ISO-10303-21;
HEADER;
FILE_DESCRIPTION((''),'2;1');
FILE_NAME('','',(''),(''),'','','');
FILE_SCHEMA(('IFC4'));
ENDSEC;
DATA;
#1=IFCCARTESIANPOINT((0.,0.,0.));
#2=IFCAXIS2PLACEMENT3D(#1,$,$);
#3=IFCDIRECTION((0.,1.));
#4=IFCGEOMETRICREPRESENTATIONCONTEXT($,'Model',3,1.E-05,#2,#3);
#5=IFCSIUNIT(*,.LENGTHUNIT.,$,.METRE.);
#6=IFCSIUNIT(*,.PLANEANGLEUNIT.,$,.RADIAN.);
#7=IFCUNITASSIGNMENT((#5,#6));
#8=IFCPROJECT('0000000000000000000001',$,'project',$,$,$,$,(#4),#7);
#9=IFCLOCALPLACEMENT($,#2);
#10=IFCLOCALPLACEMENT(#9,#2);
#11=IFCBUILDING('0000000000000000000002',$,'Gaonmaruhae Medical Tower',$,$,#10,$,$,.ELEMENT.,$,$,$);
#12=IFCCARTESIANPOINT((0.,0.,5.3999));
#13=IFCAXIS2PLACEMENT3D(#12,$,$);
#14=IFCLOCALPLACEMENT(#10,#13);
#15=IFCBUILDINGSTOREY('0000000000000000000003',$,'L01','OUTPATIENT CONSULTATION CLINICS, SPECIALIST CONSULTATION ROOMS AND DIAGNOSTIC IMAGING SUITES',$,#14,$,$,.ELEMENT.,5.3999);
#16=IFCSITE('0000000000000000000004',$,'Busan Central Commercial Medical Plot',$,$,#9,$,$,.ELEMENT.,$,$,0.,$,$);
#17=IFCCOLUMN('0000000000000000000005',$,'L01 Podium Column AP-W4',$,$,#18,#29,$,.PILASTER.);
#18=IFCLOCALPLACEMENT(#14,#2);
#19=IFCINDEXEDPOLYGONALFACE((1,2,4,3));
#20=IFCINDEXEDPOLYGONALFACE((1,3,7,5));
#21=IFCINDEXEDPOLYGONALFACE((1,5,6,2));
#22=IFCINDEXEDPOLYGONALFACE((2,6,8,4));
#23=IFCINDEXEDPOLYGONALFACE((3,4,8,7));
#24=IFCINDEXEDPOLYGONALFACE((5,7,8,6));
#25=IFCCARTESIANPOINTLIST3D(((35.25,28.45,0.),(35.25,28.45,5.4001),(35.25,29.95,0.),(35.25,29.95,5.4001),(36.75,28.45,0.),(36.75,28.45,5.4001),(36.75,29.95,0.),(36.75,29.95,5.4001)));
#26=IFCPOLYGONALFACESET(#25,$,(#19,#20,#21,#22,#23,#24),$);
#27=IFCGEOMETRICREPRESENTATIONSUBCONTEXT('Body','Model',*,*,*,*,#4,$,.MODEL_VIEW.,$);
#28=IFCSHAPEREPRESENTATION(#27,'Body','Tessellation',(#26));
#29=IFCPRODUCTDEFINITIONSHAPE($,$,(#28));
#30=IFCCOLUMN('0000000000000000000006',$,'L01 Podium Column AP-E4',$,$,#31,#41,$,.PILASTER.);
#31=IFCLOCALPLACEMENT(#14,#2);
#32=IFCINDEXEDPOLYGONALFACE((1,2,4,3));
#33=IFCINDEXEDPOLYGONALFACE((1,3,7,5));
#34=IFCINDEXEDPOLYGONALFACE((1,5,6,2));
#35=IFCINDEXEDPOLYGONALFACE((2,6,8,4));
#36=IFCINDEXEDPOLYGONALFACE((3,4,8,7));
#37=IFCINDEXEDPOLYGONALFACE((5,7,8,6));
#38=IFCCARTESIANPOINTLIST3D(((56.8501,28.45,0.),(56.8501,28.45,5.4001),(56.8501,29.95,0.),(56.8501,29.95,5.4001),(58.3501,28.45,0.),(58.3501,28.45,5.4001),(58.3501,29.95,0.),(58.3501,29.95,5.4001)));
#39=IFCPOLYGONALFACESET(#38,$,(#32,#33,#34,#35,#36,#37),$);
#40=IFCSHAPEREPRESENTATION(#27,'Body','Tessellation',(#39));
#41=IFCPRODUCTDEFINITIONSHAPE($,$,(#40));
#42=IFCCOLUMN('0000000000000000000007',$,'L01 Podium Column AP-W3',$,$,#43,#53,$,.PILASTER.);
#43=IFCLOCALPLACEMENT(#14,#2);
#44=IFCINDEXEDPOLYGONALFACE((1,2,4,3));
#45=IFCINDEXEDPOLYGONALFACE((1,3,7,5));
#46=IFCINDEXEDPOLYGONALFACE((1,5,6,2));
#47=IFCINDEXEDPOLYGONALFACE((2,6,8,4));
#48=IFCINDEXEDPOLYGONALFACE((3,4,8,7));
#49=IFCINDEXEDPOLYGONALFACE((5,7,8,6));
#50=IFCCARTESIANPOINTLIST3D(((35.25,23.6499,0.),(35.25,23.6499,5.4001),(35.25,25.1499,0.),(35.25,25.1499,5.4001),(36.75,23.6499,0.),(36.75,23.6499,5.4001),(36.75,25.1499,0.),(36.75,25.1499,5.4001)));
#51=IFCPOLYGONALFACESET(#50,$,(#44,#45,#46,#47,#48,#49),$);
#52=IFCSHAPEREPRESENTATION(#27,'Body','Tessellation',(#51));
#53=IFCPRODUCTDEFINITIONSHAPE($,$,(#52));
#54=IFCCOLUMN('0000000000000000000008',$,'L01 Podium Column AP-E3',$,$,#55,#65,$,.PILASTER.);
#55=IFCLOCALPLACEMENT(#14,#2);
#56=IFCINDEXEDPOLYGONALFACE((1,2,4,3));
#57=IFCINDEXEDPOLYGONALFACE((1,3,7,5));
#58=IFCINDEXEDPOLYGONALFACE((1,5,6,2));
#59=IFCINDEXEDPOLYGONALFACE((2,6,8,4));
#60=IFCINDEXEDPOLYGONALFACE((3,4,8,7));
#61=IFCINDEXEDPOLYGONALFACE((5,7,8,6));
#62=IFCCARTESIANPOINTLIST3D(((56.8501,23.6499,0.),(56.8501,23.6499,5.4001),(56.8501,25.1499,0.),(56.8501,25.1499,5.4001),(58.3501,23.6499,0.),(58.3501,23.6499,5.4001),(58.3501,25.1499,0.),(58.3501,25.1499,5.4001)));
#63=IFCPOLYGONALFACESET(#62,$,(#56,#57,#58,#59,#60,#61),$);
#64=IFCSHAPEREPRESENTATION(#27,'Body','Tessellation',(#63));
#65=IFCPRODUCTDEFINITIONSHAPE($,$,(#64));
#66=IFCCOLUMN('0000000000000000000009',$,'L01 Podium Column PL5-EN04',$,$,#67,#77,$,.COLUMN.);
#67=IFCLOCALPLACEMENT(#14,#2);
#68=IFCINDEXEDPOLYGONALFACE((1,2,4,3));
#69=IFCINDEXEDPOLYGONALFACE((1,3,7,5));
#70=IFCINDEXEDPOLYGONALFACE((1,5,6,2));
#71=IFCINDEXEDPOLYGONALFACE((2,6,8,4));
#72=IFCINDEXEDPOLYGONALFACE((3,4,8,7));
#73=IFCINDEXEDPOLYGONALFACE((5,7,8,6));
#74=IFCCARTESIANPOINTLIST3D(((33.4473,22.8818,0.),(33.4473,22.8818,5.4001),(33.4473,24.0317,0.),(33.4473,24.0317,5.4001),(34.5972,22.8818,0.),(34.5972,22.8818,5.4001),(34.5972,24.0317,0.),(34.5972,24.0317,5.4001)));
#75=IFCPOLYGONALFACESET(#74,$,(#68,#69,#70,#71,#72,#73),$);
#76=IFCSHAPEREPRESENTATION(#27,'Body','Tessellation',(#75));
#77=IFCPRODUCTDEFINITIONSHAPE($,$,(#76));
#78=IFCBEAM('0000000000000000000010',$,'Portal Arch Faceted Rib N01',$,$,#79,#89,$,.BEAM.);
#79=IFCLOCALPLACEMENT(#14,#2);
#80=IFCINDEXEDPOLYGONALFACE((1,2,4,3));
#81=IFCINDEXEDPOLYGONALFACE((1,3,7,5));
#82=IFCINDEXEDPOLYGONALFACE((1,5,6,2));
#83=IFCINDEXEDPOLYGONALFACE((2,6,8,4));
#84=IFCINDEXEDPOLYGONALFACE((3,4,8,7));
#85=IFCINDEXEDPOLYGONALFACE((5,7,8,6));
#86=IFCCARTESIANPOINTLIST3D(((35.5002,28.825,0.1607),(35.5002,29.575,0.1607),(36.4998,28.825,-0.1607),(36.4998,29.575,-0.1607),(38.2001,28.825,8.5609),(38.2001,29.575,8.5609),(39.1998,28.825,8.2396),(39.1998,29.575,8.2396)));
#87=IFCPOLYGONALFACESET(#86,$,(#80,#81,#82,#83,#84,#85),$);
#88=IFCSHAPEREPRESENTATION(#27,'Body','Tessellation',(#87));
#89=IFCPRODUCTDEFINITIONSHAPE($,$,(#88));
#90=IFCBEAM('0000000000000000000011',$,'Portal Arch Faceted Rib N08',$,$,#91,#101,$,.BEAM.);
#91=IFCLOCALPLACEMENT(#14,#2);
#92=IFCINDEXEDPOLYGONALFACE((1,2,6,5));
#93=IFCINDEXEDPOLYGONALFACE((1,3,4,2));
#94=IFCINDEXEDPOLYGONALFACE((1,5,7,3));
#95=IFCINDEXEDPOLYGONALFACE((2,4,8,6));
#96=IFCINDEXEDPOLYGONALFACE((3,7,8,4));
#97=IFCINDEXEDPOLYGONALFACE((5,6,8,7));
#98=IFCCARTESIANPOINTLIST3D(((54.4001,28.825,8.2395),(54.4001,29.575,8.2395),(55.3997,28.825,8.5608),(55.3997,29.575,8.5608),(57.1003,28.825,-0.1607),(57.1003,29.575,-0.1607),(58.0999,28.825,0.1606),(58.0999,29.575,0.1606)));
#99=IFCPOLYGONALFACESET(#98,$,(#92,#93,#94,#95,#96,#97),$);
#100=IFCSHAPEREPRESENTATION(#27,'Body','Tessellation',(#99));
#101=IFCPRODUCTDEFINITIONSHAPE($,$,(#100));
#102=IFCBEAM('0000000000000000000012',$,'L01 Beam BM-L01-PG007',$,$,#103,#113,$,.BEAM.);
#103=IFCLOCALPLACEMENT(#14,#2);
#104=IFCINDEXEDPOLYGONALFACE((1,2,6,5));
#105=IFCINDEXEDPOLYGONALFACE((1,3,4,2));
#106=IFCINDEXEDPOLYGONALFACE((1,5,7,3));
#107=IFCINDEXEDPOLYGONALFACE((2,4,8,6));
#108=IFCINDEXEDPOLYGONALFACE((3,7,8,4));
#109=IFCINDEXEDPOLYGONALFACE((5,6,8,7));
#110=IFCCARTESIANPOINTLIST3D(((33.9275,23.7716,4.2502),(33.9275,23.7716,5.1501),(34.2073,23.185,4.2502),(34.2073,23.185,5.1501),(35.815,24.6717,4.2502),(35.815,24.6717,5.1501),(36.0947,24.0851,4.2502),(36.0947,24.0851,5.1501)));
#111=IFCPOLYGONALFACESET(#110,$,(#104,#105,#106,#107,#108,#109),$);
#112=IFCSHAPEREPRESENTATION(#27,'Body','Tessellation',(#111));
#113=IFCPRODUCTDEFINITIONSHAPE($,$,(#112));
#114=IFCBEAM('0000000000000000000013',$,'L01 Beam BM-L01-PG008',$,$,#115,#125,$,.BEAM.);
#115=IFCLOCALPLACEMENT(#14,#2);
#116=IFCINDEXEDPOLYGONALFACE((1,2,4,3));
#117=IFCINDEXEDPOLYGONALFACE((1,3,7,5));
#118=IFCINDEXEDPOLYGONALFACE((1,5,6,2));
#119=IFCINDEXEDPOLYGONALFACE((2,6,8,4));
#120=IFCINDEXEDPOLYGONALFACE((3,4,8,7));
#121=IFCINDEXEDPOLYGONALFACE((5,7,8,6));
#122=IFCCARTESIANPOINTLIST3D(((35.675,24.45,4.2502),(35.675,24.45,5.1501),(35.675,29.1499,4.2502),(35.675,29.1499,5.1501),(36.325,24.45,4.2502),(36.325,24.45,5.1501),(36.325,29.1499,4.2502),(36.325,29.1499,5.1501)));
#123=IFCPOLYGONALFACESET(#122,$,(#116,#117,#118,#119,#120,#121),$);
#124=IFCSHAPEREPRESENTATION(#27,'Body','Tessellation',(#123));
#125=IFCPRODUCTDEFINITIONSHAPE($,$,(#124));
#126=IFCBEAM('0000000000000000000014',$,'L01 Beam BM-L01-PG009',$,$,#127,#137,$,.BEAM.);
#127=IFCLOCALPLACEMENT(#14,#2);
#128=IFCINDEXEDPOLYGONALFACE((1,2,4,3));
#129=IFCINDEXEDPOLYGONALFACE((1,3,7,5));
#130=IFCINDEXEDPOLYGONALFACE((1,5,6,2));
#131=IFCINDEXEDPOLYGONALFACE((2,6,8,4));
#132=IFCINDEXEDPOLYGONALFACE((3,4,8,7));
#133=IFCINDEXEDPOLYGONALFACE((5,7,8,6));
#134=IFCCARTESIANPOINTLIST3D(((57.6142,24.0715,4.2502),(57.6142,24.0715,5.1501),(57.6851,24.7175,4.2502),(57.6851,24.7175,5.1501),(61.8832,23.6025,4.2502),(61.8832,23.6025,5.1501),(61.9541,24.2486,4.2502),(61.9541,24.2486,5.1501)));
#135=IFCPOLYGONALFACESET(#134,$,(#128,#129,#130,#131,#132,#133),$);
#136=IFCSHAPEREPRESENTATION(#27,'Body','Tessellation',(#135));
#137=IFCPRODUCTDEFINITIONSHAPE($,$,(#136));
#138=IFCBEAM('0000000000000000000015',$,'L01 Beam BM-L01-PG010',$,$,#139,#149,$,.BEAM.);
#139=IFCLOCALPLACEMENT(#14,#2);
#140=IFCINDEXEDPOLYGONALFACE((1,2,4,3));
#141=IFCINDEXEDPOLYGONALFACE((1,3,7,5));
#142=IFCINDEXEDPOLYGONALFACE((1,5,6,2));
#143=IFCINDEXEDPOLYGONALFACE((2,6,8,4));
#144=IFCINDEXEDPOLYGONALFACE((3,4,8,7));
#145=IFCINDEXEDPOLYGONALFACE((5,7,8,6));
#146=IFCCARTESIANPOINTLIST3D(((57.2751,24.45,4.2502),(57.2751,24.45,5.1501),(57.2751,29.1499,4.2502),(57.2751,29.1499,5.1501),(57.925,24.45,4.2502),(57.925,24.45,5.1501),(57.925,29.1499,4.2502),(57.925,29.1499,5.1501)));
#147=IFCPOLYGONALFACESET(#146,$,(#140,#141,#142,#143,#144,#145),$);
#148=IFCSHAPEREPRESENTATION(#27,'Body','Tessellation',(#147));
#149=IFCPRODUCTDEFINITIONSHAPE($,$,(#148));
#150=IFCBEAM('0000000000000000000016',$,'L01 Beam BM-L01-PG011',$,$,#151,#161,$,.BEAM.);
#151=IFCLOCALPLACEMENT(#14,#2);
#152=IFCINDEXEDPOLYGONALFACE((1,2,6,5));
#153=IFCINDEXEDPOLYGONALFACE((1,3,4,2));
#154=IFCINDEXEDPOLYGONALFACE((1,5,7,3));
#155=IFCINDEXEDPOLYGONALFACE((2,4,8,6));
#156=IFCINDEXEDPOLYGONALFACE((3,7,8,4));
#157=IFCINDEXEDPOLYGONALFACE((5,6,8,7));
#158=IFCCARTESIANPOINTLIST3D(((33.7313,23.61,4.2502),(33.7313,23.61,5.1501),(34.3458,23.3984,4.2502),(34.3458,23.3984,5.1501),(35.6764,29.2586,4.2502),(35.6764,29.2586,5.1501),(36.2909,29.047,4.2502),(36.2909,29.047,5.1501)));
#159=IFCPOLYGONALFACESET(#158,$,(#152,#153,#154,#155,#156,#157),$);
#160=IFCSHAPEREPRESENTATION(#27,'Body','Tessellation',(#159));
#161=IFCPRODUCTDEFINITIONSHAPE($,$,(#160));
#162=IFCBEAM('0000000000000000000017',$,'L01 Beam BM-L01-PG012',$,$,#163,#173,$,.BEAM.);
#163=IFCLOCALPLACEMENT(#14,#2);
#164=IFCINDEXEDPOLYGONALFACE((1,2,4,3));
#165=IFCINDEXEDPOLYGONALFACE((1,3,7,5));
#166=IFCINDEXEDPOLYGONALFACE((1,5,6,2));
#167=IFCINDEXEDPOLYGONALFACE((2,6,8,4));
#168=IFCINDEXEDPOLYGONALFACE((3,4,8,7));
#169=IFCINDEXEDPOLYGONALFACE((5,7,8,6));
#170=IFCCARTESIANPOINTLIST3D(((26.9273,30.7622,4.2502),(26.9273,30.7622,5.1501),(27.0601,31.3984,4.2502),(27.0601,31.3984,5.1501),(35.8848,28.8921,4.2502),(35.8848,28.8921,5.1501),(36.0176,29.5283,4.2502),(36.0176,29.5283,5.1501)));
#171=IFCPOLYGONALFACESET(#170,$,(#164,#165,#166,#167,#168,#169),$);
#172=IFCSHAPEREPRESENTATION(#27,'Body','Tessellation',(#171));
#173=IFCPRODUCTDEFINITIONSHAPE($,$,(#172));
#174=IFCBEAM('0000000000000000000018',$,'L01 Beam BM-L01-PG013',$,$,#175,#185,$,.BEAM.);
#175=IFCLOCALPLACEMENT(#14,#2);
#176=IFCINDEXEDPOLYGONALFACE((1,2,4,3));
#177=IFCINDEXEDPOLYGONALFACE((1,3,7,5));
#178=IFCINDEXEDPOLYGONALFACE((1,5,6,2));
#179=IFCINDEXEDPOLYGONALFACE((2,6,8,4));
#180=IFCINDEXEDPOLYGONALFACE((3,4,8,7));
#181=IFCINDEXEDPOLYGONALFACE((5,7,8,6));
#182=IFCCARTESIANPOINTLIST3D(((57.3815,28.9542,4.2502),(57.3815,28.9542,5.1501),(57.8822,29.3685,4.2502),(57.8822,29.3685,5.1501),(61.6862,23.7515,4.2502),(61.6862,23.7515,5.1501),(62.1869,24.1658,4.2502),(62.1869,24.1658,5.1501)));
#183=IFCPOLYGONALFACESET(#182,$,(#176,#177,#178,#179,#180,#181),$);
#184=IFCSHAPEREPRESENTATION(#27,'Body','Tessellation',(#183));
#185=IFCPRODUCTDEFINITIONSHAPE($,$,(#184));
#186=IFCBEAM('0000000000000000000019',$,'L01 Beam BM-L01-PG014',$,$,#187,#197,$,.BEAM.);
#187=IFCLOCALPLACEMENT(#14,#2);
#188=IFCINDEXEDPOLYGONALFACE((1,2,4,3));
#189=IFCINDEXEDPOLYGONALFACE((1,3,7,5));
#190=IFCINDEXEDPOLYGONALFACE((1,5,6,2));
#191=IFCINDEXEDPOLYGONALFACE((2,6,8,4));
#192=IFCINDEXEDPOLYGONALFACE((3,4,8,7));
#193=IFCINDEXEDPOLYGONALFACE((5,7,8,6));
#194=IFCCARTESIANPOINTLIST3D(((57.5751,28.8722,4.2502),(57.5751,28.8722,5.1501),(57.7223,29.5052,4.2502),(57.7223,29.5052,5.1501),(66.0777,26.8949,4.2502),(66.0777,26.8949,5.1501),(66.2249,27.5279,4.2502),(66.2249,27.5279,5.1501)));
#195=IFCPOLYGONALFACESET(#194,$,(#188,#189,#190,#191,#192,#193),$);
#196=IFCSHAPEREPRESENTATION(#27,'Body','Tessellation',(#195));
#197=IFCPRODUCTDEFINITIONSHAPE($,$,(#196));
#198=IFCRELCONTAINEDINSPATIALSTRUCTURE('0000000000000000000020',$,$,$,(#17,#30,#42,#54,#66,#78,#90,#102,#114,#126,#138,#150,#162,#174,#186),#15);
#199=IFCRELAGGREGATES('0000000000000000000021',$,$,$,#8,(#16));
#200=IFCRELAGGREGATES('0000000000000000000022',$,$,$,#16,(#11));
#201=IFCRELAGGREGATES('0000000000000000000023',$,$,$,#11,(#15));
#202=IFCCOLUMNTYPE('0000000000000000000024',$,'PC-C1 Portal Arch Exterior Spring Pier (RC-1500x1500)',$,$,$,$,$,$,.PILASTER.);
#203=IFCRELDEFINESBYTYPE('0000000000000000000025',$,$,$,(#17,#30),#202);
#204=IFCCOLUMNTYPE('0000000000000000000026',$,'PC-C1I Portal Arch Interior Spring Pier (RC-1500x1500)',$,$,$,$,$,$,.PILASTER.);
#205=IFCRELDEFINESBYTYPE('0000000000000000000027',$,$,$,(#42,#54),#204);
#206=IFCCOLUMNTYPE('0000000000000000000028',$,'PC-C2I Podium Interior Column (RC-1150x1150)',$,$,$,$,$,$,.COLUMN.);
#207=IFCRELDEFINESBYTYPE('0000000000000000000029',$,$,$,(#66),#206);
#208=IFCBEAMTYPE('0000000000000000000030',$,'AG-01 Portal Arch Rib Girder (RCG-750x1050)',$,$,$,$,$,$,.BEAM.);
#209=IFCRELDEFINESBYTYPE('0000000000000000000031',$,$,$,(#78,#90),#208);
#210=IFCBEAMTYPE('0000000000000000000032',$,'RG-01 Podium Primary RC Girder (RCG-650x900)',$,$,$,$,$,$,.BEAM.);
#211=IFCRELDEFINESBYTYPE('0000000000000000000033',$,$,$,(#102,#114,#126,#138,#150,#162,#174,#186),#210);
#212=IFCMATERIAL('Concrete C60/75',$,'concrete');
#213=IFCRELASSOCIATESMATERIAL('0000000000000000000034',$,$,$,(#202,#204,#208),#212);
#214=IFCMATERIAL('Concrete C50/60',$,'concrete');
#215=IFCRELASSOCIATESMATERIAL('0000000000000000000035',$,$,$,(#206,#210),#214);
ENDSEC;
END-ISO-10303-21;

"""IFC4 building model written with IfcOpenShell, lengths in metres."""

from ifc_helpers import new_model, si_unit, direction, frame, origin, origin_2d, place, context, subcontext, project, spatial, rectangle, extrude, material, material_profile, profile_set, type_object, element, save


model = new_model("IFC4")

# Units and contexts
model_context = context("Model", 3, precision=1e-05, world=origin(), true_north=direction((0.0, 1.0)))
body_context = subcontext(model_context, "Body", "Model", "MODEL_VIEW")
ifc_project = project(units=[si_unit("LENGTHUNIT", "METRE"), si_unit("PLANEANGLEUNIT", "RADIAN")], contexts=[model_context])

# Site, building, storey
site_placement = place(None, origin())
site = spatial("IfcSite", under=ifc_project, at=site_placement, Name="Busan Central Commercial Medical Plot", CompositionType="ELEMENT", RefElevation=0.0)
building_placement = place(site_placement, origin())
building = spatial("IfcBuilding", under=site, at=building_placement, Name="Gaonmaruhae Medical Tower", CompositionType="ELEMENT")
storey_placement = place(building_placement, frame((0.0, 0.0, 5.3999)))
storey = spatial("IfcBuildingStorey", under=building, at=storey_placement, Name="L01", Description="OUTPATIENT CONSULTATION CLINICS, SPECIALIST CONSULTATION ROOMS AND DIAGNOSTIC IMAGING SUITES", CompositionType="ELEMENT", Elevation=5.3999)

# Columns
ifc_material_1 = material(Name="Concrete C60/75", Category="concrete")
ifc_material_profile_1 = material_profile(ifc_material_1, rectangle(XDim=1.5, YDim=1.5, at=origin_2d()), Name="RC-1500x1500")
ifc_profile_set_1 = profile_set([ifc_material_profile_1], Name="Concrete C60/75")
column_type_1 = type_object("IfcColumnType", Name="PC-C1 Portal Arch Exterior Spring Pier (RC-1500x1500)", PredefinedType="PILASTER", material=ifc_profile_set_1)
for number, where, z_axis, x_axis, name in (
    (1, (36.0, 29.2, 0.0), (0.0, 0.0, 1.0), (1.0, 0.0, 0.0), "L01 Podium Column AP-W4"),
    (2, (57.6001, 29.2, 0.0), (0.0, 0.0, 1.0), (1.0, 0.0, 0.0), "L01 Podium Column AP-E4"),
):
    element("IfcColumn", number, at=place(storey_placement, frame(where, z_axis=z_axis, x_axis=x_axis)), inside=storey, type_object=column_type_1, Name=name, PredefinedType="PILASTER", context=body_context, shape_type="SweptSolid", body=[
        extrude(rectangle(XDim=1.5, YDim=1.5, at=origin_2d()), origin(), (0.0, 0.0, 1.0), 5.4001),
    ])
ifc_material_profile_2 = material_profile(ifc_material_1, rectangle(XDim=1.5, YDim=1.5, at=origin_2d()), Name="RC-1500x1500")
ifc_profile_set_2 = profile_set([ifc_material_profile_2], Name="Concrete C60/75")
column_type_2 = type_object("IfcColumnType", Name="PC-C1I Portal Arch Interior Spring Pier (RC-1500x1500)", PredefinedType="PILASTER", material=ifc_profile_set_2)
for number, where, z_axis, x_axis, name in (
    (3, (36.0, 24.3999, 0.0), (0.0, 0.0, 1.0), (1.0, 0.0, 0.0), "L01 Podium Column AP-W3"),
    (4, (57.6001, 24.3999, 0.0), (0.0, 0.0, 1.0), (1.0, 0.0, 0.0), "L01 Podium Column AP-E3"),
):
    element("IfcColumn", number, at=place(storey_placement, frame(where, z_axis=z_axis, x_axis=x_axis)), inside=storey, type_object=column_type_2, Name=name, PredefinedType="PILASTER", context=body_context, shape_type="SweptSolid", body=[
        extrude(rectangle(XDim=1.5, YDim=1.5, at=origin_2d()), origin(), (0.0, 0.0, 1.0), 5.4001),
    ])
ifc_material_2 = material(Name="Concrete C50/60", Category="concrete")
ifc_material_profile_3 = material_profile(ifc_material_2, rectangle(XDim=1.1499, YDim=1.1499, at=origin_2d()), Name="RC-1150x1150")
ifc_profile_set_3 = profile_set([ifc_material_profile_3], Name="Concrete C50/60")
column_type_3 = type_object("IfcColumnType", Name="PC-C2I Podium Interior Column (RC-1150x1150)", PredefinedType="COLUMN", material=ifc_profile_set_3)
column_placement = place(storey_placement, frame((34.0222, 23.4568, 0.0), z_axis=(0.0, 0.0, 1.0), x_axis=(1.0, 0.0, 0.0)))
element("IfcColumn", 5, at=column_placement, inside=storey, type_object=column_type_3, Name="L01 Podium Column PL5-EN04", PredefinedType="COLUMN", context=body_context, shape_type="SweptSolid", body=[
    extrude(rectangle(XDim=1.1499, YDim=1.1499, at=origin_2d()), origin(), (0.0, 0.0, 1.0), 5.4001),
])

# Beams
ifc_material_profile_4 = material_profile(ifc_material_1, rectangle(XDim=0.75, YDim=1.05, at=origin_2d()), Name="RCG-750x1050")
ifc_profile_set_4 = profile_set([ifc_material_profile_4], Name="Concrete C60/75")
beam_type_1 = type_object("IfcBeamType", Name="AG-01 Portal Arch Rib Girder (RCG-750x1050)", PredefinedType="BEAM", material=ifc_profile_set_4)
for number, where, z_axis, x_axis, name in (
    (6, (36.0, 29.2, 0.0), (0.305999, 0.0, 0.952032), (0.0, 1.0, 0.0), "Portal Arch Faceted Rib N01"),
    (7, (54.8999, 29.2, 8.4001), (0.306024, 0.0, -0.952024), (0.0, 1.0, 0.0), "Portal Arch Faceted Rib N08"),
):
    element("IfcBeam", number, at=place(storey_placement, frame(where, z_axis=z_axis, x_axis=x_axis)), inside=storey, type_object=beam_type_1, Name=name, PredefinedType="BEAM", context=body_context, shape_type="SweptSolid", body=[
        extrude(rectangle(XDim=0.75, YDim=1.05, at=origin_2d()), origin(), (0.0, 0.0, 1.0), 8.8235),
    ])
ifc_material_profile_5 = material_profile(ifc_material_2, rectangle(XDim=0.6499, YDim=0.8999, at=origin_2d()), Name="RCG-650x900")
ifc_profile_set_5 = profile_set([ifc_material_profile_5], Name="Concrete C50/60")
beam_type_2 = type_object("IfcBeamType", Name="RG-01 Podium Primary RC Girder (RCG-650x900)", PredefinedType="BEAM", material=ifc_profile_set_5)
beam_1_placement = place(storey_placement, frame((35.9548, 24.3784, 4.7002), z_axis=(-0.902608, -0.430464, 0.0), x_axis=(0.430464, -0.902608, 0.0)))
element("IfcBeam", 8, at=beam_1_placement, inside=storey, type_object=beam_type_2, Name="L01 Beam BM-L01-PG007", PredefinedType="BEAM", context=body_context, shape_type="SweptSolid", body=[
    extrude(rectangle(XDim=0.6499, YDim=0.8999, at=origin_2d()), origin(), (0.0, 0.0, 1.0), 2.0911),
])
beam_2_placement = place(storey_placement, frame((36.0, 24.45, 4.7002), z_axis=(0.0, 1.0, 0.0), x_axis=(-1.0, 0.0, 0.0)))
element("IfcBeam", 9, at=beam_2_placement, inside=storey, type_object=beam_type_2, Name="L01 Beam BM-L01-PG008", PredefinedType="BEAM", context=body_context, shape_type="SweptSolid", body=[
    extrude(rectangle(XDim=0.6499, YDim=0.8999, at=origin_2d()), origin(), (0.0, 0.0, 1.0), 4.7),
])
beam_3_placement = place(storey_placement, frame((57.6497, 24.3945, 4.7002), z_axis=(0.99402, -0.109202, 0.0), x_axis=(0.109202, 0.99402, 0.0)))
element("IfcBeam", 10, at=beam_3_placement, inside=storey, type_object=beam_type_2, Name="L01 Beam BM-L01-PG009", PredefinedType="BEAM", context=body_context, shape_type="SweptSolid", body=[
    extrude(rectangle(XDim=0.6499, YDim=0.8999, at=origin_2d()), origin(), (0.0, 0.0, 1.0), 4.2947),
])
beam_4_placement = place(storey_placement, frame((57.6001, 24.45, 4.7002), z_axis=(0.0, 1.0, 0.0), x_axis=(-1.0, 0.0, 0.0)))
element("IfcBeam", 11, at=beam_4_placement, inside=storey, type_object=beam_type_2, Name="L01 Beam BM-L01-PG010", PredefinedType="BEAM", context=body_context, shape_type="SweptSolid", body=[
    extrude(rectangle(XDim=0.6499, YDim=0.8999, at=origin_2d()), origin(), (0.0, 0.0, 1.0), 4.7),
])
beam_5_placement = place(storey_placement, frame((35.9836, 29.1528, 4.7002), z_axis=(-0.325579, -0.945515, 0.0), x_axis=(0.945515, -0.325579, 0.0)))
element("IfcBeam", 12, at=beam_5_placement, inside=storey, type_object=beam_type_2, Name="L01 Beam BM-L01-PG011", PredefinedType="BEAM", context=body_context, shape_type="SweptSolid", body=[
    extrude(rectangle(XDim=0.6499, YDim=0.8999, at=origin_2d()), origin(), (0.0, 0.0, 1.0), 5.9741),
])
beam_6_placement = place(storey_placement, frame((35.9512, 29.2102, 4.7002), z_axis=(-0.978894, 0.20437, 0.0), x_axis=(-0.20437, -0.978894, 0.0)))
element("IfcBeam", 13, at=beam_6_placement, inside=storey, type_object=beam_type_2, Name="L01 Beam BM-L01-PG012", PredefinedType="BEAM", context=body_context, shape_type="SweptSolid", body=[
    extrude(rectangle(XDim=0.6499, YDim=0.8999, at=origin_2d()), origin(), (0.0, 0.0, 1.0), 9.1506),
])
beam_7_placement = place(storey_placement, frame((57.6318, 29.1614, 4.7002), z_axis=(0.637485, -0.770463, 0.0), x_axis=(0.770463, 0.637485, 0.0)))
element("IfcBeam", 14, at=beam_7_placement, inside=storey, type_object=beam_type_2, Name="L01 Beam BM-L01-PG013", PredefinedType="BEAM", context=body_context, shape_type="SweptSolid", body=[
    extrude(rectangle(XDim=0.6499, YDim=0.8999, at=origin_2d()), origin(), (0.0, 0.0, 1.0), 6.7527),
])
beam_8_placement = place(storey_placement, frame((57.6487, 29.1887, 4.7002), z_axis=(0.97401, -0.226505, 0.0), x_axis=(0.226505, 0.97401, 0.0)))
element("IfcBeam", 15, at=beam_8_placement, inside=storey, type_object=beam_type_2, Name="L01 Beam BM-L01-PG014", PredefinedType="BEAM", context=body_context, shape_type="SweptSolid", body=[
    extrude(rectangle(XDim=0.6499, YDim=0.8999, at=origin_2d()), origin(), (0.0, 0.0, 1.0), 8.7295),
])

save(model, "model.ifc")
